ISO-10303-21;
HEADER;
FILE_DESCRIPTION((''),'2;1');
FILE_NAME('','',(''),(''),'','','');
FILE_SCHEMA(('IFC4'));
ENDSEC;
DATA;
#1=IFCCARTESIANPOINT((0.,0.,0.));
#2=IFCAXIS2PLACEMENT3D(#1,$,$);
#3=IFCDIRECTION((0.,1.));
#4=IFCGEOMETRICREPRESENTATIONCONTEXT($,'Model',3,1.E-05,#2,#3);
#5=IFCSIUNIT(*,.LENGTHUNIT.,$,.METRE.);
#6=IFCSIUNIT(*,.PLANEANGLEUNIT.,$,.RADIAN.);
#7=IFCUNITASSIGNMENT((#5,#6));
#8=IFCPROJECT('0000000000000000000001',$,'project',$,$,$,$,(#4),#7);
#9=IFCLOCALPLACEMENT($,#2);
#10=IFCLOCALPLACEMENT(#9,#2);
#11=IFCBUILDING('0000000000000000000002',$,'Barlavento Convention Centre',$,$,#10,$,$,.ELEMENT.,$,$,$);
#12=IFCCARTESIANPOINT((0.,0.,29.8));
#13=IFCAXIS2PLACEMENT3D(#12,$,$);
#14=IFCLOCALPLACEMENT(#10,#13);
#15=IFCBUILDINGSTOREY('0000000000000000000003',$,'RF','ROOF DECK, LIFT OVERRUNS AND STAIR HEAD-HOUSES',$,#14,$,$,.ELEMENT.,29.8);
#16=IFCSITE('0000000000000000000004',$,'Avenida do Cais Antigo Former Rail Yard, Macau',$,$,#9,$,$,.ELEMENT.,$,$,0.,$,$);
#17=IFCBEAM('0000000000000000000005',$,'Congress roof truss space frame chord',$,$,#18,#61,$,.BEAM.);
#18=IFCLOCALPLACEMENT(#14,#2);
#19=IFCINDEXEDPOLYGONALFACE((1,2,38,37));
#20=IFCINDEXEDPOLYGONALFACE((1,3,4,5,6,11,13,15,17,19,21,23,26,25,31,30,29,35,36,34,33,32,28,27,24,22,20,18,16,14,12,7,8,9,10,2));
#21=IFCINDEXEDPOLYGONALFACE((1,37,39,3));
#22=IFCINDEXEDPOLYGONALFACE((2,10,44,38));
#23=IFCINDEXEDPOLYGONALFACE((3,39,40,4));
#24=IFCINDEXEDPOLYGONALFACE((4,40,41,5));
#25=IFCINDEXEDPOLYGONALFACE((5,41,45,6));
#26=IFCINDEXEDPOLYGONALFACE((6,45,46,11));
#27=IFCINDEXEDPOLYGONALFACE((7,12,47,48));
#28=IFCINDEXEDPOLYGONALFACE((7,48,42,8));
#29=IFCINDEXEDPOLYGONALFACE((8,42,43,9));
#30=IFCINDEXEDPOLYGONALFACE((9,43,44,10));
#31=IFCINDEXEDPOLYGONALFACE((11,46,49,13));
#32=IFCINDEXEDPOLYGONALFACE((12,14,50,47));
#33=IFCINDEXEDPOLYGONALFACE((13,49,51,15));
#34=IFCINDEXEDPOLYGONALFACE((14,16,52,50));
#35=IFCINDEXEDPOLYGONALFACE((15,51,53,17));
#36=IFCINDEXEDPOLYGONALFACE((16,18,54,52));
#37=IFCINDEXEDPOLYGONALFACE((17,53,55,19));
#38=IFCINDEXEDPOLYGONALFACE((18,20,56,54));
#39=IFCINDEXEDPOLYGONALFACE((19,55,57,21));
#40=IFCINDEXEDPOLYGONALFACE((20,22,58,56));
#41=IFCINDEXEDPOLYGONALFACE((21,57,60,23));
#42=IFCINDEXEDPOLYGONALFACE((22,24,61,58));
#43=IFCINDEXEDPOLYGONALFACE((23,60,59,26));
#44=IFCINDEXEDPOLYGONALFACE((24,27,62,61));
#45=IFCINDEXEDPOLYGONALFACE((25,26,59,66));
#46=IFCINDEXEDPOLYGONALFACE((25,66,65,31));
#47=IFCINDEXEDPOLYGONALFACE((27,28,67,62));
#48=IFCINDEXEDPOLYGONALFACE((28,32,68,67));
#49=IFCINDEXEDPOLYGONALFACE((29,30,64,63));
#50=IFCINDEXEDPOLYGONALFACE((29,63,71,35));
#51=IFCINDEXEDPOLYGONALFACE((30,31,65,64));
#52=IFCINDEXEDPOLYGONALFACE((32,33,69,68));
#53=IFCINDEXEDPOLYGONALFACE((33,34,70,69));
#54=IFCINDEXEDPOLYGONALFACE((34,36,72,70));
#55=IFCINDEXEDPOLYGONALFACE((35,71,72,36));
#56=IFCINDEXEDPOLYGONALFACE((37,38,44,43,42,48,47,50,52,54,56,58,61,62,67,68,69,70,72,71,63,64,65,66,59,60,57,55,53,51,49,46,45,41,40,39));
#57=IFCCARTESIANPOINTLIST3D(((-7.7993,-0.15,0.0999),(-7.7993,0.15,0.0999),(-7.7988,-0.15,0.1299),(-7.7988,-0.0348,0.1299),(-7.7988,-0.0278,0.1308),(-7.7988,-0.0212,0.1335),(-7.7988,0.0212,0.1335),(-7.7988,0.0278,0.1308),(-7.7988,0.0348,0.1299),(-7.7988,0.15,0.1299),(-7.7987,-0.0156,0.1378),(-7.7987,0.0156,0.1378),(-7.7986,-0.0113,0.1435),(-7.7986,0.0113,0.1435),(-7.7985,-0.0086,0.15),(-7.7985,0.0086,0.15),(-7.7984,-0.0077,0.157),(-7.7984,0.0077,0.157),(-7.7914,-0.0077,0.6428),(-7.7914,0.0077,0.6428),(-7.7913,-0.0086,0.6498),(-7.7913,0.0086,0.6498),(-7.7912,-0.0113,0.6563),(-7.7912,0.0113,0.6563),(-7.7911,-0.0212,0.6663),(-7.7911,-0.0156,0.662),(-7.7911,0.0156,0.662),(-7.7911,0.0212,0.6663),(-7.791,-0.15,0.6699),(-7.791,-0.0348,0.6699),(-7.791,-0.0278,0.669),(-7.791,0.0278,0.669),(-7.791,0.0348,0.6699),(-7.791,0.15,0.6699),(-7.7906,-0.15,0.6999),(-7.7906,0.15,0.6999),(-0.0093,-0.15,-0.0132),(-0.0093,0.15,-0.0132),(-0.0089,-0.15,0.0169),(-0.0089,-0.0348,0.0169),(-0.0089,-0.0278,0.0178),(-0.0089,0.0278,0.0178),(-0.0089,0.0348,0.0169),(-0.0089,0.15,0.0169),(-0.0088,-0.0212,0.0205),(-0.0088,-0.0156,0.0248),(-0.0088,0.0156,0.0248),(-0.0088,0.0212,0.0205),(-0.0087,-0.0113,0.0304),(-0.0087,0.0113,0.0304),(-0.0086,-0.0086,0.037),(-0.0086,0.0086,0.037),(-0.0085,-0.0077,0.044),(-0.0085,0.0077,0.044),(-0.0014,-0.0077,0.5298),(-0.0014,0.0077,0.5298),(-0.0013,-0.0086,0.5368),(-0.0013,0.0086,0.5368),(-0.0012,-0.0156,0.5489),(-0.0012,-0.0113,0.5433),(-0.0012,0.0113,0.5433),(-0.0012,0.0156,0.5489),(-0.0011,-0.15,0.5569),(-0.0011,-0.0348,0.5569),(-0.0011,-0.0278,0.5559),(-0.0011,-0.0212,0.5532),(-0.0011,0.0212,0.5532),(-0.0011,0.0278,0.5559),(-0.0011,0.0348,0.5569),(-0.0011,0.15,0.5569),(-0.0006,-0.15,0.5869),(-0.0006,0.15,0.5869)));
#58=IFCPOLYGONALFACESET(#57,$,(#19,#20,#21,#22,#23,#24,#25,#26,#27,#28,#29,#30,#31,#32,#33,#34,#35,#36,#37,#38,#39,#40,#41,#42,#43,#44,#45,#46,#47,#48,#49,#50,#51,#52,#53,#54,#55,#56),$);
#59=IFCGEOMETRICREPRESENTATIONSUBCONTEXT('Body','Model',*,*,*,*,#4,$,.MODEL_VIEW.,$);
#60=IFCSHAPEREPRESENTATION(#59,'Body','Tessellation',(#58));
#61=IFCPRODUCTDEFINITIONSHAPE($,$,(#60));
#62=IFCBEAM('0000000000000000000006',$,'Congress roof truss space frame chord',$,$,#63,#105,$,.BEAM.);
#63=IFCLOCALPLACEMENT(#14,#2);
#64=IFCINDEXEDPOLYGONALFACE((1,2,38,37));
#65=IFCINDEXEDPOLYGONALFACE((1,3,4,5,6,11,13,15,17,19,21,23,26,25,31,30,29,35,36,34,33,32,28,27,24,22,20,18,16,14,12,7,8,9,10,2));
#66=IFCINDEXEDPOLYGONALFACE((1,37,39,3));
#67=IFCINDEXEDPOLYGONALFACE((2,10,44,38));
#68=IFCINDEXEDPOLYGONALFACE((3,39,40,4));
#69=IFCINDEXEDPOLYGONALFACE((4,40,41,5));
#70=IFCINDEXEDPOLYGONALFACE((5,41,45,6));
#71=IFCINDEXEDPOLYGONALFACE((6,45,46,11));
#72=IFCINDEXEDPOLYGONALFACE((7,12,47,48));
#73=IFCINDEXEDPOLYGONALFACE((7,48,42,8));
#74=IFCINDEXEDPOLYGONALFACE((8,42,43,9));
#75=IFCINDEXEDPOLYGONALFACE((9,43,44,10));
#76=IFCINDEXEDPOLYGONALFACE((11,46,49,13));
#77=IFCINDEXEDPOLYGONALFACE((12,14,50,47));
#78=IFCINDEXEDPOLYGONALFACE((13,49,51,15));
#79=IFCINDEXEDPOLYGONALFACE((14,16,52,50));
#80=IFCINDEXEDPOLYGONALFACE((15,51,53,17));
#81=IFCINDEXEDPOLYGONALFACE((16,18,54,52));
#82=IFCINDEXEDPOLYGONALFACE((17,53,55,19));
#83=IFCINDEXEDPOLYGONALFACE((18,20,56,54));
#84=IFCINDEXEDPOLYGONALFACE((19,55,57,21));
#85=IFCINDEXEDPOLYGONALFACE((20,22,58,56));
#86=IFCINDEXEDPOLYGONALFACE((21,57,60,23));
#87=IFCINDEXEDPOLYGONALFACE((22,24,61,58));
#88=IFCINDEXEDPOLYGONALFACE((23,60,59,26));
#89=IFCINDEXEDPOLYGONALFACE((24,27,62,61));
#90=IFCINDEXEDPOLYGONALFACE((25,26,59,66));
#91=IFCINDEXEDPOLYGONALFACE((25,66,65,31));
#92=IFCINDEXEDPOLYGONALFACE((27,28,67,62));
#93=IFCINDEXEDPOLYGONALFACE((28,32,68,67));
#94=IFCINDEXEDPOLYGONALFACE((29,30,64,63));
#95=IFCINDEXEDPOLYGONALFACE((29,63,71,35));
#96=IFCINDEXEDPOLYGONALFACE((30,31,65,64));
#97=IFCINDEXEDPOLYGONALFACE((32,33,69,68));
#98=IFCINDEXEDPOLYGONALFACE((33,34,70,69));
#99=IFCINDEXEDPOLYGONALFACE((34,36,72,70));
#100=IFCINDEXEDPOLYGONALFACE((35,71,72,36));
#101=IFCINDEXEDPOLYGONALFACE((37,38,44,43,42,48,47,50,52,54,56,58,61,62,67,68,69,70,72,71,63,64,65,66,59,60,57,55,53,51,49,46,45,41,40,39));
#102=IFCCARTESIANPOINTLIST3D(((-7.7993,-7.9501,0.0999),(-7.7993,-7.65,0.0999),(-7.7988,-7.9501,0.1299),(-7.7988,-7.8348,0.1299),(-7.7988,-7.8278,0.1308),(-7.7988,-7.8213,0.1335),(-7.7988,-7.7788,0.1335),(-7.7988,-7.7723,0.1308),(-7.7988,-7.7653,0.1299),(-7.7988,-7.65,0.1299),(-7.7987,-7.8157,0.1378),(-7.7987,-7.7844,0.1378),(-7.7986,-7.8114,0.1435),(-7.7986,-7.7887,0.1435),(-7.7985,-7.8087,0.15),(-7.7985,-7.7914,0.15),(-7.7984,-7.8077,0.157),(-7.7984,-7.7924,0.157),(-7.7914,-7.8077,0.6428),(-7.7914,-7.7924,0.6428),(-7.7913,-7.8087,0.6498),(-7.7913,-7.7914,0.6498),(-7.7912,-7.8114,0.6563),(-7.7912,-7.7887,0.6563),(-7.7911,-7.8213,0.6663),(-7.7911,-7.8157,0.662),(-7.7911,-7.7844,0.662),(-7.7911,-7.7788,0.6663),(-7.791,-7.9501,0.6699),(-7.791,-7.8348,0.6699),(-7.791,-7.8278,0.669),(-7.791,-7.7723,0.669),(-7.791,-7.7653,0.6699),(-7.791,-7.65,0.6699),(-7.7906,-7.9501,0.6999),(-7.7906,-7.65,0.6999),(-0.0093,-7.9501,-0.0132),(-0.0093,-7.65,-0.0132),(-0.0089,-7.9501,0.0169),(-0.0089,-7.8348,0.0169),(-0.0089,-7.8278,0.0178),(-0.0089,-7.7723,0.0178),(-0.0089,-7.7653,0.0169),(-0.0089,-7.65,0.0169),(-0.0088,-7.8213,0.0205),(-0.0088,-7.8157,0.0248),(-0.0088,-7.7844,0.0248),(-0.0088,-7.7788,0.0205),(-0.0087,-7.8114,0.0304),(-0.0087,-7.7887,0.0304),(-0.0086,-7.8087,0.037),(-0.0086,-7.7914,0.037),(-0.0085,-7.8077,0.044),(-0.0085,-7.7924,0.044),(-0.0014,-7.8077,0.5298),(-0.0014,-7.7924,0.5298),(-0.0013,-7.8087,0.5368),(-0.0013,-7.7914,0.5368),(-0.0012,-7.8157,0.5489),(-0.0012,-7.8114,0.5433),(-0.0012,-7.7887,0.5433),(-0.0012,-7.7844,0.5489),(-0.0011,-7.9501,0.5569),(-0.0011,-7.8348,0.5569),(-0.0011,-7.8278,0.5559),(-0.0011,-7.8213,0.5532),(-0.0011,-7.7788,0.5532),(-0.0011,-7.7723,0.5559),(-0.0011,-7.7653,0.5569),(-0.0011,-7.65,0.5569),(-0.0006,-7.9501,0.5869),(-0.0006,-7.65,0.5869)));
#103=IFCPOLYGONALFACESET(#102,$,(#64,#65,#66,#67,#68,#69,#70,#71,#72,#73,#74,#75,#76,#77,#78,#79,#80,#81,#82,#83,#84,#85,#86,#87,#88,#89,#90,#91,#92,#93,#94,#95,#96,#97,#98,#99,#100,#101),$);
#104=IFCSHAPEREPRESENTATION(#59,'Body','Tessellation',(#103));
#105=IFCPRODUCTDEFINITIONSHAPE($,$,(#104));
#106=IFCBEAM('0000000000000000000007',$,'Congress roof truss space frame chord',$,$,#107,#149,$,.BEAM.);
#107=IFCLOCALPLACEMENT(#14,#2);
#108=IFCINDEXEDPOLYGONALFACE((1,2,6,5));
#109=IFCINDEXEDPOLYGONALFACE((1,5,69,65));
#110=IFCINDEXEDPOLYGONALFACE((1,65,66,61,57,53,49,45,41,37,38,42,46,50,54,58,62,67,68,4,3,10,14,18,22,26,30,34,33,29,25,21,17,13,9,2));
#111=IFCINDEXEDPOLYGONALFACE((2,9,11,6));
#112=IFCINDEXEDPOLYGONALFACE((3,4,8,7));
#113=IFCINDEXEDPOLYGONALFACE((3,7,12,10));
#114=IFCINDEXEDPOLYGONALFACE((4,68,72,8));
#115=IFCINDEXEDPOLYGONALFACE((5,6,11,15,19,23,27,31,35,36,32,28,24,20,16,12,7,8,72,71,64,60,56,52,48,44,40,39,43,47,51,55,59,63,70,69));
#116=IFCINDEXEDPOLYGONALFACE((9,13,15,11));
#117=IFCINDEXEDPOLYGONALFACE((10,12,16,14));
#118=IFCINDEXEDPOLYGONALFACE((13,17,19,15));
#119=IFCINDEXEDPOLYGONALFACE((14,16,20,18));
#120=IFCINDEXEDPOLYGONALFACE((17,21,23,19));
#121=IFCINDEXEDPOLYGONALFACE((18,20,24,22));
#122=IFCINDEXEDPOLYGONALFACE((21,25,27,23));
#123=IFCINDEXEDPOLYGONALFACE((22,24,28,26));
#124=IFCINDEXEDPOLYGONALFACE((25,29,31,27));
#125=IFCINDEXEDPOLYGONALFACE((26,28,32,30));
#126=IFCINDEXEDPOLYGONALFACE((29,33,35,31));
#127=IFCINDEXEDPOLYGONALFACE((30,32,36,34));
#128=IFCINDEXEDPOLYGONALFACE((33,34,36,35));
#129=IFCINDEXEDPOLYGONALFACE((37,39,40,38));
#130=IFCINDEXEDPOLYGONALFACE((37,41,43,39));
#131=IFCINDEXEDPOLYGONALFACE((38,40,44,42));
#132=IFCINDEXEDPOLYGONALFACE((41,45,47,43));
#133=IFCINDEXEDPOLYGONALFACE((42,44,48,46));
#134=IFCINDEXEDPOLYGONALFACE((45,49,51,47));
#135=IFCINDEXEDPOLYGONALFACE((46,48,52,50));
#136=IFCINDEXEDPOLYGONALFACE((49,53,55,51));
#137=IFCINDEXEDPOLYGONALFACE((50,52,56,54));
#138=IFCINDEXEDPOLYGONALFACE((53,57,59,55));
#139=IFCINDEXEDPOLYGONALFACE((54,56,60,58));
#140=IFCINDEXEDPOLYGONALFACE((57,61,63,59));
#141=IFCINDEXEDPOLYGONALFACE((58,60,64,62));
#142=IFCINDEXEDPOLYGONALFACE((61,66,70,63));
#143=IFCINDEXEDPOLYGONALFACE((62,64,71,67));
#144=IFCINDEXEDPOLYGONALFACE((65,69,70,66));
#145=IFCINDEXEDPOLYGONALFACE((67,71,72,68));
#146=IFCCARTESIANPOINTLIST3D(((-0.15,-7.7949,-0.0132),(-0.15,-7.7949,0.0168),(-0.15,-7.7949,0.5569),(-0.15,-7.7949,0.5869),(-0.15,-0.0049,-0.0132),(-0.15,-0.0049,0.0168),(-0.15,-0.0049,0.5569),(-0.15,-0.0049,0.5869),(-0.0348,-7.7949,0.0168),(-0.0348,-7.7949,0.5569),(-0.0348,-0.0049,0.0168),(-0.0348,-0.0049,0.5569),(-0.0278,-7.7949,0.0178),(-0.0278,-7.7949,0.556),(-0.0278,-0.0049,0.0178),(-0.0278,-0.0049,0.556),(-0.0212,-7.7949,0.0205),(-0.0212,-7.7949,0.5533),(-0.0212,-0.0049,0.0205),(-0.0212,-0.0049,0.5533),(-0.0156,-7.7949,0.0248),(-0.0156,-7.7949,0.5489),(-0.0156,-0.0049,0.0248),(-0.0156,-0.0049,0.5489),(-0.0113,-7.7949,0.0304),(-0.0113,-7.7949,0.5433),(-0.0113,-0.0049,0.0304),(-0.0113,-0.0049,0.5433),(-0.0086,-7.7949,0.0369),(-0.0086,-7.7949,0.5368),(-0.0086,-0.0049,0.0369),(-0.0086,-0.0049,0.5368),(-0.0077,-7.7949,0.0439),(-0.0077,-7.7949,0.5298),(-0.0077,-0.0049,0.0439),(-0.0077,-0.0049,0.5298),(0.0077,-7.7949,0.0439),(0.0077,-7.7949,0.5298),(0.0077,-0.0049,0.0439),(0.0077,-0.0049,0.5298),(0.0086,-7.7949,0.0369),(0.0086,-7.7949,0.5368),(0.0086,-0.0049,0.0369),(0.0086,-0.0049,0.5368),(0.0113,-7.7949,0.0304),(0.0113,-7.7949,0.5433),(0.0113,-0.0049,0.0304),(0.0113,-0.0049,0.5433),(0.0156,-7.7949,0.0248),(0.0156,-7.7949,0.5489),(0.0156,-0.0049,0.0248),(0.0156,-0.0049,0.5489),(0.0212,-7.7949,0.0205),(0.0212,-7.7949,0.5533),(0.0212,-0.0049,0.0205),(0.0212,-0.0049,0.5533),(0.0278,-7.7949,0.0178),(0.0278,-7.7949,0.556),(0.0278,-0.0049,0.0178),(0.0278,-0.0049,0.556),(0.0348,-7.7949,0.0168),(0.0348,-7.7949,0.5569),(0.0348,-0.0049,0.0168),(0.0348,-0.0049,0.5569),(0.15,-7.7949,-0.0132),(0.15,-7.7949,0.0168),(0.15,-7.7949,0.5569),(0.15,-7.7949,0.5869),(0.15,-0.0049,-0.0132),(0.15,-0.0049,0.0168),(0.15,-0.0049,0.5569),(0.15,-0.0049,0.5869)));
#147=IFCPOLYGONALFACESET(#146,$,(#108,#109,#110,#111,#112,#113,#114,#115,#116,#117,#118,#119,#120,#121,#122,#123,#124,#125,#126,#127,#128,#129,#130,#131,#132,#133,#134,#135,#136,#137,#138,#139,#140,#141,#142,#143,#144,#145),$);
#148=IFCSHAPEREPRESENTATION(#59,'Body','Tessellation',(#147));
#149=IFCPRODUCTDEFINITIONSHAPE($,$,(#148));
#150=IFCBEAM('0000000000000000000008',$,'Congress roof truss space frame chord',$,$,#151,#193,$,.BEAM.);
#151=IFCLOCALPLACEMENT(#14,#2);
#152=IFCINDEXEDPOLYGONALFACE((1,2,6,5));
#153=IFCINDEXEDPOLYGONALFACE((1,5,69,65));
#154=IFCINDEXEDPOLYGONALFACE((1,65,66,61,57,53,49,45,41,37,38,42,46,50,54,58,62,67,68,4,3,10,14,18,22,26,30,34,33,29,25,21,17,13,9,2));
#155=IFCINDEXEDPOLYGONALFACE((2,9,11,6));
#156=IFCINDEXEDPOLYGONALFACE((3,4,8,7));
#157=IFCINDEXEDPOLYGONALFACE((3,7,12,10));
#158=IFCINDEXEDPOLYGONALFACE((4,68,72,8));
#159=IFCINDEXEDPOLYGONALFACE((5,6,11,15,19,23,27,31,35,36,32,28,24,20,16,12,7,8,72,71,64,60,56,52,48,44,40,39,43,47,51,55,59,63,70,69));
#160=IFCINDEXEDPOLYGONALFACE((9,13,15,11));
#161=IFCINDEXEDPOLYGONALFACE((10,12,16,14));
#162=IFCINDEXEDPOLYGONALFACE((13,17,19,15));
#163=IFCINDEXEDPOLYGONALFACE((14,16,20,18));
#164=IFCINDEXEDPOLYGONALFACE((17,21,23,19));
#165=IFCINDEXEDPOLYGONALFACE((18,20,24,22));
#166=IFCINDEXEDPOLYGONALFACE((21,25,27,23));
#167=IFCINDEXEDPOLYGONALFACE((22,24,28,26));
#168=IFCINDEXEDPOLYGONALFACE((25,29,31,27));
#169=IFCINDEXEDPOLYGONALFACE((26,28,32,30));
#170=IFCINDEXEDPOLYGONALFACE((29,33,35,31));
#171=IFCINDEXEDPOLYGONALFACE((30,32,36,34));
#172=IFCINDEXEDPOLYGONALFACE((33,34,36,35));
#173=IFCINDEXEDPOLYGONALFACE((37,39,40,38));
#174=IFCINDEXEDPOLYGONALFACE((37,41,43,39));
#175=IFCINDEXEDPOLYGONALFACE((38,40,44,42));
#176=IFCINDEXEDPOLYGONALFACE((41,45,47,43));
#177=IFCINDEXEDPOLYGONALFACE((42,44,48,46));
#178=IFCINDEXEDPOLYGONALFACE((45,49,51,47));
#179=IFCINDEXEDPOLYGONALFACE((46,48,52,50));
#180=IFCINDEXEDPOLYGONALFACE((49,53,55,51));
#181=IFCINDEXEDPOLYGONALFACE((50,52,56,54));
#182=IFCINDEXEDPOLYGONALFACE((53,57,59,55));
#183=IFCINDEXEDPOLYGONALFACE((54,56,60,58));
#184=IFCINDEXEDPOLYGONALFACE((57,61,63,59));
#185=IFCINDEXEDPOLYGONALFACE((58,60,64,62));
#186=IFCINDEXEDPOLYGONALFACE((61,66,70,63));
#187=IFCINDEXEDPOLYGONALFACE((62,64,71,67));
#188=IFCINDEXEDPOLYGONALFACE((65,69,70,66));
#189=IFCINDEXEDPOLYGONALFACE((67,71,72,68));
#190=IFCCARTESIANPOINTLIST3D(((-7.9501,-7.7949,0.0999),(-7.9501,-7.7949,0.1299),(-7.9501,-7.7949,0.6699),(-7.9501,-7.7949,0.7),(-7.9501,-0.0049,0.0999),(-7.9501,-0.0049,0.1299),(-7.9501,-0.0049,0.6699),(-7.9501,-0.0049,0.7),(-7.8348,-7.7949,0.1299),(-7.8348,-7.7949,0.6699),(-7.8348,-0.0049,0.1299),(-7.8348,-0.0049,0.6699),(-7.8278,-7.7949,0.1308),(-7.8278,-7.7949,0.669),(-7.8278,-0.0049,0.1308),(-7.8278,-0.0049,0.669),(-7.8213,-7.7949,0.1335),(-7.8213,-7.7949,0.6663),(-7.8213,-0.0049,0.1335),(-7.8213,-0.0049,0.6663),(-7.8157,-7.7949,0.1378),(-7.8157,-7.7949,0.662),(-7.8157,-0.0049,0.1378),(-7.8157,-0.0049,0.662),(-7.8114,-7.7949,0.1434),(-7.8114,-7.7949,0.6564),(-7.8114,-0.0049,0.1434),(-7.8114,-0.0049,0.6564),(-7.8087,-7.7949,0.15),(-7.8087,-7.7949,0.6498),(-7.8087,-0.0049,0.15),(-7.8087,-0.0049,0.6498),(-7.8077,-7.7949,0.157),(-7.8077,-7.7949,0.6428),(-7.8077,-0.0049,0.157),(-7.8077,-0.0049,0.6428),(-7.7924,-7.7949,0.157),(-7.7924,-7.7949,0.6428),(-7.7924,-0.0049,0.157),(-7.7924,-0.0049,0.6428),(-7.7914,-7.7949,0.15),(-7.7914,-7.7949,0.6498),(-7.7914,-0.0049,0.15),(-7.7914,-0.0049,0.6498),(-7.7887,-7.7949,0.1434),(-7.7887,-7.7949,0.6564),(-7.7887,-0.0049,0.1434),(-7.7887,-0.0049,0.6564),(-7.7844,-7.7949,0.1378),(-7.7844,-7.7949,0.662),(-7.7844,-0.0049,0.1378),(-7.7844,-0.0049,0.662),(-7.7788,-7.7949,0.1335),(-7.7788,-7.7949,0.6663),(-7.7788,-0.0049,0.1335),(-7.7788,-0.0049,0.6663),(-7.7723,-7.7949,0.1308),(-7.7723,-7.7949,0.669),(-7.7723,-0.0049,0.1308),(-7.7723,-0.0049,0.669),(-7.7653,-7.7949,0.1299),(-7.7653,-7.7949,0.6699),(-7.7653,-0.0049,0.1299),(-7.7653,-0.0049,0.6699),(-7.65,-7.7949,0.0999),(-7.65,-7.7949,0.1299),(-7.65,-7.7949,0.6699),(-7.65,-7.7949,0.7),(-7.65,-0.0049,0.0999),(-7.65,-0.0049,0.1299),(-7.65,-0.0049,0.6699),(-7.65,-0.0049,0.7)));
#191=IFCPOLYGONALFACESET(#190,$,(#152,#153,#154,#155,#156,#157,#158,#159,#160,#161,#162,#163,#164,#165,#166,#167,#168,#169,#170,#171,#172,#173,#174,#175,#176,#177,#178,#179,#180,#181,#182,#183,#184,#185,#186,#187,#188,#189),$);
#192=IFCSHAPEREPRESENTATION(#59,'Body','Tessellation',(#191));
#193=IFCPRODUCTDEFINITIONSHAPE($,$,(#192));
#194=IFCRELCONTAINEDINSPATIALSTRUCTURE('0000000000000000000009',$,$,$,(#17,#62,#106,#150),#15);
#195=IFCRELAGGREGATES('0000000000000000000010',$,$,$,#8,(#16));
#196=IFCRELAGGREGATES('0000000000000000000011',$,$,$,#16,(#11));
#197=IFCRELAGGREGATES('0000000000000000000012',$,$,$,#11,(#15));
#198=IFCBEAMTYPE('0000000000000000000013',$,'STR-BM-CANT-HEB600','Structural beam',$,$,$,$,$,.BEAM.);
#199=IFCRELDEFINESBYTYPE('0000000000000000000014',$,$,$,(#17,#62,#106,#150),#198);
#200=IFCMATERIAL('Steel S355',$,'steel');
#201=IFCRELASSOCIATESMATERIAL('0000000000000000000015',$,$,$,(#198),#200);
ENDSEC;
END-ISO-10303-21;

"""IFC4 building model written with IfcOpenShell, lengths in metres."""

from ifc_helpers import new_model, si_unit, direction, frame, origin, origin_2d, place, context, subcontext, project, spatial, i_section, extrude, material, material_profile, profile_set, type_object, element, save


model = new_model("IFC4")

# Units and contexts
model_context = context("Model", 3, precision=1e-05, world=origin(), true_north=direction((0.0, 1.0)))
body_context = subcontext(model_context, "Body", "Model", "MODEL_VIEW")
ifc_project = project(units=[si_unit("LENGTHUNIT", "METRE"), si_unit("PLANEANGLEUNIT", "RADIAN")], contexts=[model_context])

# Site, building, storey
site_placement = place(None, origin())
site = spatial("IfcSite", under=ifc_project, at=site_placement, Name="Avenida do Cais Antigo Former Rail Yard, Macau", CompositionType="ELEMENT", RefElevation=0.0)
building_placement = place(site_placement, origin())
building = spatial("IfcBuilding", under=site, at=building_placement, Name="Barlavento Convention Centre", CompositionType="ELEMENT")
storey_placement = place(building_placement, frame((0.0, 0.0, 29.8)))
storey = spatial("IfcBuildingStorey", under=building, at=storey_placement, Name="RF", Description="ROOF DECK, LIFT OVERRUNS AND STAIR HEAD-HOUSES", CompositionType="ELEMENT", Elevation=29.8)

# Beams
ifc_material_1 = material(Name="Steel S355", Category="steel")
ifc_material_profile_1 = material_profile(ifc_material_1, i_section(OverallWidth=0.3, OverallDepth=0.6001, WebThickness=0.0154, FlangeThickness=0.03, FilletRadius=0.0271, at=origin_2d()), Name="HEB 600")
ifc_profile_set_1 = profile_set([ifc_material_profile_1], Name="Steel S355")
beam_type = type_object("IfcBeamType", Name="STR-BM-CANT-HEB600", Description="Structural beam", PredefinedType="BEAM", material=ifc_profile_set_1)
for number, where, z_axis, x_axis, name in (
    (1, (-7.7949, 0.0, 0.3999), (0.999895, 0.0, -0.014509), (0.0, 1.0, 0.0), "Congress roof truss space frame chord"),
    (2, (-7.7949, -7.8, 0.3999), (0.999895, 0.0, -0.014509), (0.0, 1.0, 0.0), "Congress roof truss space frame chord"),
):
    element("IfcBeam", number, at=place(storey_placement, frame(where, z_axis=z_axis, x_axis=x_axis)), inside=storey, type_object=beam_type, Name=name, PredefinedType="BEAM", context=body_context, shape_type="SweptSolid", body=[
        extrude(i_section(OverallWidth=0.3, OverallDepth=0.6001, WebThickness=0.0154, FlangeThickness=0.03, FilletRadius=0.0271, at=origin_2d()), origin(), (0.0, 0.0, 1.0), 7.7908),
    ])
for number, where, z_axis, x_axis, name in (
    (3, (0.0, -7.7949, 0.2869), (0.0, 1.0, 0.0), (-1.0, 0.0, 0.0), "Congress roof truss space frame chord"),
    (4, (-7.8, -7.7949, 0.3999), (0.0, 1.0, 0.0), (-1.0, 0.0, 0.0), "Congress roof truss space frame chord"),
):
    element("IfcBeam", number, at=place(storey_placement, frame(where, z_axis=z_axis, x_axis=x_axis)), inside=storey, type_object=beam_type, Name=name, PredefinedType="BEAM", context=body_context, shape_type="SweptSolid", body=[
        extrude(i_section(OverallWidth=0.3, OverallDepth=0.6001, WebThickness=0.0154, FlangeThickness=0.03, FilletRadius=0.0271, at=origin_2d()), origin(), (0.0, 0.0, 1.0), 7.79),
    ])

save(model, "model.ifc")
